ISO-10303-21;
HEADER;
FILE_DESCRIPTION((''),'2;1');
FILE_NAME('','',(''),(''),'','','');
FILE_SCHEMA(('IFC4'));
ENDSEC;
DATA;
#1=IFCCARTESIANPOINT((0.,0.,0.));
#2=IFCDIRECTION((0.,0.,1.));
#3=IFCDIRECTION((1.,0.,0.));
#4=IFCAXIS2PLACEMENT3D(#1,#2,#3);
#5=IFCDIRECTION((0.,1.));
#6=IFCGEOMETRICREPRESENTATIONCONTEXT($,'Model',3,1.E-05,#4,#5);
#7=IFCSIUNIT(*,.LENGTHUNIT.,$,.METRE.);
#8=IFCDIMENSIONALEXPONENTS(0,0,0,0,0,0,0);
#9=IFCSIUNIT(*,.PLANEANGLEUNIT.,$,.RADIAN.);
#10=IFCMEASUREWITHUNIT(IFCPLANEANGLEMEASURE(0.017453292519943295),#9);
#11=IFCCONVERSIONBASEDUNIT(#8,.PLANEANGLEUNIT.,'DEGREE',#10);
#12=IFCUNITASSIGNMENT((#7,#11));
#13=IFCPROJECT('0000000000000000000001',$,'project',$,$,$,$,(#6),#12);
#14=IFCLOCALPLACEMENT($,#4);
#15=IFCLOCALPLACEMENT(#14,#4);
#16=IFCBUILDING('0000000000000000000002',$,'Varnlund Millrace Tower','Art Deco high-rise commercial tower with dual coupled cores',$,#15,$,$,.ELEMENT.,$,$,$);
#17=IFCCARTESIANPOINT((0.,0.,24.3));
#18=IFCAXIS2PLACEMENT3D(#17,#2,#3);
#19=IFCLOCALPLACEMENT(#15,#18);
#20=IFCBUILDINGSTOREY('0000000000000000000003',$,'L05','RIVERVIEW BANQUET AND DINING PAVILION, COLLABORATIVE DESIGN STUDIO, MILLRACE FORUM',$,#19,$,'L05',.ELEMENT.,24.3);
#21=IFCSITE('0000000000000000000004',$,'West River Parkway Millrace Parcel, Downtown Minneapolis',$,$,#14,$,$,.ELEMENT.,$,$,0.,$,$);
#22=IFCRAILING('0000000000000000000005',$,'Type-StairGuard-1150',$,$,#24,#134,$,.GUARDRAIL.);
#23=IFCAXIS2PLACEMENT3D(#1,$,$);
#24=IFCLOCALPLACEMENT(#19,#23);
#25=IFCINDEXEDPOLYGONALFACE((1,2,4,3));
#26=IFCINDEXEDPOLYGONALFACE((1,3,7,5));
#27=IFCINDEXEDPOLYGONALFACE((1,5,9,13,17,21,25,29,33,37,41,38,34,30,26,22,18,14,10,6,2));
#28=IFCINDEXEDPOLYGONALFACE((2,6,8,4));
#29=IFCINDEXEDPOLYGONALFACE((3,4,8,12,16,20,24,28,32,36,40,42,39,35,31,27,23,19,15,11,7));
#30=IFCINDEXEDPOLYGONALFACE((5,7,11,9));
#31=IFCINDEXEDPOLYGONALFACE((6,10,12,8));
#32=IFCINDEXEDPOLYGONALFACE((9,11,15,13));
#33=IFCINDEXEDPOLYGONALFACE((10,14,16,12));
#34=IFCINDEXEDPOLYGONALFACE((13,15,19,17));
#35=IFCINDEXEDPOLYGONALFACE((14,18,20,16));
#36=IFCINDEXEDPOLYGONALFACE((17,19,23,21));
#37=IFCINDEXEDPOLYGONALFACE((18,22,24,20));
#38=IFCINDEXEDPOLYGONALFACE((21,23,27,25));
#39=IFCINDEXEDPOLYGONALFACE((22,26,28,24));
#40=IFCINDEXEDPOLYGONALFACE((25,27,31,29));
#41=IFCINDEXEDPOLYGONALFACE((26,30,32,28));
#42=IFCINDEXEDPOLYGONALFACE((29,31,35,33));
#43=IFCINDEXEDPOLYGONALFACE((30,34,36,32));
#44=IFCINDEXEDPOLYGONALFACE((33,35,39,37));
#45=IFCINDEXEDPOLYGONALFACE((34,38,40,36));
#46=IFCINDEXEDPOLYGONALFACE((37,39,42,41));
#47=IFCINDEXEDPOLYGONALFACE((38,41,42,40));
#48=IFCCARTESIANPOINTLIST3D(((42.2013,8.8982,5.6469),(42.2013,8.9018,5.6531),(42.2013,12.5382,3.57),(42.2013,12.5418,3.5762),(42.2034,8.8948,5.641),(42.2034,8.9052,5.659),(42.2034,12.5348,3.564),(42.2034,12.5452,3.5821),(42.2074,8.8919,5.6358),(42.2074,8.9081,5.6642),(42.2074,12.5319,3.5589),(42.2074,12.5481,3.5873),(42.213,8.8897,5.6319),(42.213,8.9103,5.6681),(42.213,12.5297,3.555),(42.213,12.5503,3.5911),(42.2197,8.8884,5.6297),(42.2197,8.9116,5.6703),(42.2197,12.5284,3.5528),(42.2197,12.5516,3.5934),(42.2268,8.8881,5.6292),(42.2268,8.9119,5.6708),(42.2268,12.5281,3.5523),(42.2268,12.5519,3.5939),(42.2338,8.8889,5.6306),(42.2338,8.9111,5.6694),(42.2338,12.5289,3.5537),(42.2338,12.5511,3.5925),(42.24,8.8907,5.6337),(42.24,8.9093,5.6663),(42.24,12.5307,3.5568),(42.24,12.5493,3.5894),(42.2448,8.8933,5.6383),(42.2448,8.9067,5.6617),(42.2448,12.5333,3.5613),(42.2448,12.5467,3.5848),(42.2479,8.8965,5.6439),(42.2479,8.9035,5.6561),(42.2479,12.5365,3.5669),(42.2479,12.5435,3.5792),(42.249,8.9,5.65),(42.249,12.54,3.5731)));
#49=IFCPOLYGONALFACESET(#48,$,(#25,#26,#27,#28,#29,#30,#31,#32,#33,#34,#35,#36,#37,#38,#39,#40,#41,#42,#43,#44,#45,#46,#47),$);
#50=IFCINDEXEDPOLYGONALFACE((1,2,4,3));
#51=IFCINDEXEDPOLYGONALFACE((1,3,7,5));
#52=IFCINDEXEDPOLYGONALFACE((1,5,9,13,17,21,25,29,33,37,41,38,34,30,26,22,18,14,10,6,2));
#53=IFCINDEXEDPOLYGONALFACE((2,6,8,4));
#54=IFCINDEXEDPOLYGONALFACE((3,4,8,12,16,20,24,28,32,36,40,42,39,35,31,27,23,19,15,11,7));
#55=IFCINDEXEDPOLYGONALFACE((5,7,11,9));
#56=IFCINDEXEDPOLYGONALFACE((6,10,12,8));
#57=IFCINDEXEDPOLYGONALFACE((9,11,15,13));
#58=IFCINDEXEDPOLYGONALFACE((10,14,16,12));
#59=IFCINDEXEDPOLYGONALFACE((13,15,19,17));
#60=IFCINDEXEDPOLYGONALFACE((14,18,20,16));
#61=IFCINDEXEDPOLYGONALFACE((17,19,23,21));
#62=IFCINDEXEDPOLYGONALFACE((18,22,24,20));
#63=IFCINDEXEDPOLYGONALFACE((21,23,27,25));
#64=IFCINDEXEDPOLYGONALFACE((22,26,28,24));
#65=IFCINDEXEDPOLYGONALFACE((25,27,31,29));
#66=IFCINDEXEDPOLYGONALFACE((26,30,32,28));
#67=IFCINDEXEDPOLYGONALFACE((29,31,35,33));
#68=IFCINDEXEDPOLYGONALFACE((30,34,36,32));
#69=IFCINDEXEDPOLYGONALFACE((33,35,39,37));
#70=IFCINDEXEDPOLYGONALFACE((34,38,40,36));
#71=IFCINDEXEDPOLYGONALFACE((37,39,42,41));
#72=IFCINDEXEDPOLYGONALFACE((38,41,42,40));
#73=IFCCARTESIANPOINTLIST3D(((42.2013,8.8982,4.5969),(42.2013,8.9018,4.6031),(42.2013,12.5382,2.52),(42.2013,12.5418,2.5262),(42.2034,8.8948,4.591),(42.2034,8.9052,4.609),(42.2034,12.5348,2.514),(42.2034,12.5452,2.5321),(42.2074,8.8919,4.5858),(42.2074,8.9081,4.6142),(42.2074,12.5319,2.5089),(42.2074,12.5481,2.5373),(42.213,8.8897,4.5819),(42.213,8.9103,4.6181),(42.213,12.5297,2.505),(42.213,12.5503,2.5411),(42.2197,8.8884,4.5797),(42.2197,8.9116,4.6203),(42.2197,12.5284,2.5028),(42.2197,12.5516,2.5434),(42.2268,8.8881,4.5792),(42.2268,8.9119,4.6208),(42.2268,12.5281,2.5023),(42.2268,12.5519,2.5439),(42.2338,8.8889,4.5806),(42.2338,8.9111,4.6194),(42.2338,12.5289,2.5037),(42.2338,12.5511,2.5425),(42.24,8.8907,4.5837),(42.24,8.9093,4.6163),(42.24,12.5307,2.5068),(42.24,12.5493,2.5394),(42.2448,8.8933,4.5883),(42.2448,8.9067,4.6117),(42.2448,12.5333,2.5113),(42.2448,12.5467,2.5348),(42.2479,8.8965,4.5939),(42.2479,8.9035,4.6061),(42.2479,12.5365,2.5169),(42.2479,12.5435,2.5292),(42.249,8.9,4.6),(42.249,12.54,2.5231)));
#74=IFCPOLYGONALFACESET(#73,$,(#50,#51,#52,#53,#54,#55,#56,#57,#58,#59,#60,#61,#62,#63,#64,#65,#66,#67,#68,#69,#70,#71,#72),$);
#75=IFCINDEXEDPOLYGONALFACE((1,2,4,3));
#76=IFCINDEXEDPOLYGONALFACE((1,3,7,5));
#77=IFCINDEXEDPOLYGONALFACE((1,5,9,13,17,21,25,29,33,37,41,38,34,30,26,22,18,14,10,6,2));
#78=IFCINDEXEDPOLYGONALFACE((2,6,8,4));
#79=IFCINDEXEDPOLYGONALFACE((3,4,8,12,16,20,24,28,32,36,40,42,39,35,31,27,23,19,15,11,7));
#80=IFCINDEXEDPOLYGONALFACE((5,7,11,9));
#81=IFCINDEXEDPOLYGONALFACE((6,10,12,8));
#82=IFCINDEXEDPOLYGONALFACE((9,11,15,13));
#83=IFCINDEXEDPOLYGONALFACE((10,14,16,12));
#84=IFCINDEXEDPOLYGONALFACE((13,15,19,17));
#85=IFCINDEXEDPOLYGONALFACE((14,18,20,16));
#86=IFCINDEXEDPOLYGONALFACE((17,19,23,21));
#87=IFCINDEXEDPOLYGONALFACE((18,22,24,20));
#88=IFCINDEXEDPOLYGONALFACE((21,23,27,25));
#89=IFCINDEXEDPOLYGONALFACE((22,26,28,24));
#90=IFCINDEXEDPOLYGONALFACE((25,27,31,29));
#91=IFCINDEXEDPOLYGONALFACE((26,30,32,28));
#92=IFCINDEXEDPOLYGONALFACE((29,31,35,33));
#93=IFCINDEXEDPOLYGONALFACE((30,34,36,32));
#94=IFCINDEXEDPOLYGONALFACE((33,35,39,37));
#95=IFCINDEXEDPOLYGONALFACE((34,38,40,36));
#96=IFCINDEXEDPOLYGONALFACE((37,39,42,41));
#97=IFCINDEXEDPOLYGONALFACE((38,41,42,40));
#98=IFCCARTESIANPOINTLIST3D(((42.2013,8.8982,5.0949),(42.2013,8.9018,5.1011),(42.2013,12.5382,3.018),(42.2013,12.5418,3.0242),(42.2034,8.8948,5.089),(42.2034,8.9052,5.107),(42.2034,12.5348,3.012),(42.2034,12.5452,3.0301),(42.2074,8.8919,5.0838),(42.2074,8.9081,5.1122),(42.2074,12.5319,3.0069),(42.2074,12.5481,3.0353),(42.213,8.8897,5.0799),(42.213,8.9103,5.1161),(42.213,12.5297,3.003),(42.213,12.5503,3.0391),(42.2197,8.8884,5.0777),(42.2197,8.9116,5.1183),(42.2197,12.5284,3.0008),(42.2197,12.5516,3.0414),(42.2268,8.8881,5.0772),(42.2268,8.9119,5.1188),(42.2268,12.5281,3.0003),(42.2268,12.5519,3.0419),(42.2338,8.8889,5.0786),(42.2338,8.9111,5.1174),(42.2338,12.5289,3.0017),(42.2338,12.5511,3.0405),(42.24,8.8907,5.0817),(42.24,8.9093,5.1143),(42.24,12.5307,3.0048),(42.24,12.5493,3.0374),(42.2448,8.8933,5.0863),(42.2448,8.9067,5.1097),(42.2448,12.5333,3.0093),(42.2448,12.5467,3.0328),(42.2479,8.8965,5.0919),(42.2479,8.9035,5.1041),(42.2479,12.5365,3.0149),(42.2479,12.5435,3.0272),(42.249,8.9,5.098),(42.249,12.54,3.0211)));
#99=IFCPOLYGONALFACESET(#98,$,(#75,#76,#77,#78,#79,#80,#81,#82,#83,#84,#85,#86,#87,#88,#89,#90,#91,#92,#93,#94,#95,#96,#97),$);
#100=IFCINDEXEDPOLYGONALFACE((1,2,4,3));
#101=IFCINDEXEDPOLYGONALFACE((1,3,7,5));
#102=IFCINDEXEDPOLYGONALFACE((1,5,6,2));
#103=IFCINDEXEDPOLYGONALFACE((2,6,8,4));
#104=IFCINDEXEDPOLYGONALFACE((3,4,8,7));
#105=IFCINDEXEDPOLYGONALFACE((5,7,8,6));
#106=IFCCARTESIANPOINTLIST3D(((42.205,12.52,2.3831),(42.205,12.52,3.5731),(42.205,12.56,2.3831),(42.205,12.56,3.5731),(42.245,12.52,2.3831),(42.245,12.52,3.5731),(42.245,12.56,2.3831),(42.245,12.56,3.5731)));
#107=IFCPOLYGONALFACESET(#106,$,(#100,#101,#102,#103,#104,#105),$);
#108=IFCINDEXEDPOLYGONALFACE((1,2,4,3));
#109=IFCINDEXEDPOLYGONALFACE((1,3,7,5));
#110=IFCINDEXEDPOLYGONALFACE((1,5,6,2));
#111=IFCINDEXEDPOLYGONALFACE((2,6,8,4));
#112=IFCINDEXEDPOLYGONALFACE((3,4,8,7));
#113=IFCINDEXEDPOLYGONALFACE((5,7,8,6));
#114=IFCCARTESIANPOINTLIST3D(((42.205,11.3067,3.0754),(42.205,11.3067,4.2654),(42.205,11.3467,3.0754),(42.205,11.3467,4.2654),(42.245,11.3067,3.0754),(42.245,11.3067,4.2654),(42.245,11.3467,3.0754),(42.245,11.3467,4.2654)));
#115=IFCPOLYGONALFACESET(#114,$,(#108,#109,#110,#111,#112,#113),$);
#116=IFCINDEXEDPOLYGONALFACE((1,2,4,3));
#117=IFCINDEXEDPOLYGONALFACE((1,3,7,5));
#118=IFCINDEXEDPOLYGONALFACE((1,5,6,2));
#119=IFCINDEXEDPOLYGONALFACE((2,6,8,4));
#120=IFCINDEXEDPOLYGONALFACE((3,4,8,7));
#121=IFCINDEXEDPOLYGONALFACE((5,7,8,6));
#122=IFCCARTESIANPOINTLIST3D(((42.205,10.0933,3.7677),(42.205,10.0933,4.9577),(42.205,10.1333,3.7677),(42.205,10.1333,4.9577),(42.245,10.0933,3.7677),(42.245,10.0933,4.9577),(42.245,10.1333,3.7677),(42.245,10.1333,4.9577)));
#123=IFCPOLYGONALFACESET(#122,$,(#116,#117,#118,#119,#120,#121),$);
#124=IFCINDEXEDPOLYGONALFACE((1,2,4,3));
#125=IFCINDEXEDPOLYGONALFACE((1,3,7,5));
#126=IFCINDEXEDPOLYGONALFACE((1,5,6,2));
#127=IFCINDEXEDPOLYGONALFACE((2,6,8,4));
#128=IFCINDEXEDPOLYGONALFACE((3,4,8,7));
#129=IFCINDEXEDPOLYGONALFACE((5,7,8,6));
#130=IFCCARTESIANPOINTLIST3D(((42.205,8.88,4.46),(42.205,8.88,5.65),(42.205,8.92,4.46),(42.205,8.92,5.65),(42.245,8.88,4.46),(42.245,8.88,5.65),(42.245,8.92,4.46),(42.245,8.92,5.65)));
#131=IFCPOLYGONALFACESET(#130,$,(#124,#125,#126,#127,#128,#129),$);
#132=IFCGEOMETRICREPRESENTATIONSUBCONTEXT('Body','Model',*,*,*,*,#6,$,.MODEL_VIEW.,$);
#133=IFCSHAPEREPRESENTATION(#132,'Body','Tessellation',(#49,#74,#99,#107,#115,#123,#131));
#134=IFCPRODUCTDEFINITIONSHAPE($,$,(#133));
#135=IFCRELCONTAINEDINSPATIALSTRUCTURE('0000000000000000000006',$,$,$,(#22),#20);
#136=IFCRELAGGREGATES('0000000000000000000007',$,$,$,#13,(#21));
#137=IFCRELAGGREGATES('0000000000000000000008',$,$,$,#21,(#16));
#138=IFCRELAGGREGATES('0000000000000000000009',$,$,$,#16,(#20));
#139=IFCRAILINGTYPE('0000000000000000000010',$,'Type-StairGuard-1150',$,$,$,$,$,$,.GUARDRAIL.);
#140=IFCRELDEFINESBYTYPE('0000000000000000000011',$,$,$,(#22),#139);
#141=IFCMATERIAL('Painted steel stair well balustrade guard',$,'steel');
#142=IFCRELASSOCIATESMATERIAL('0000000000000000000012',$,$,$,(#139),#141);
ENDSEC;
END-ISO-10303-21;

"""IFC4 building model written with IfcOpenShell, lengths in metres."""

from ifc_helpers import new_model, entity, si_unit, converted_unit, direction, frame, origin_with_axes, origin_2d_with_axis, place, context, subcontext, project, spatial, rectangle, circle, extrude, material, type_object, element, save


model = new_model("IFC4")

# Units and contexts
model_context = context("Model", 3, precision=1e-05, world=origin_with_axes(), true_north=direction((0.0, 1.0)))
body_context = subcontext(model_context, "Body", "Model", "MODEL_VIEW")
ifc_project = project(units=[si_unit("LENGTHUNIT", "METRE"), converted_unit("PLANEANGLEUNIT", "DEGREE", entity("IfcPlaneAngleMeasure", 0.017453292519943295), si_unit("PLANEANGLEUNIT", "RADIAN"), dimensions=[0, 0, 0, 0, 0, 0, 0])], contexts=[model_context])

# Site, building, storey
site_placement = place(None, origin_with_axes())
site = spatial("IfcSite", under=ifc_project, at=site_placement, Name="West River Parkway Millrace Parcel, Downtown Minneapolis", CompositionType="ELEMENT", RefElevation=0.0)
building_placement = place(site_placement, origin_with_axes())
building = spatial("IfcBuilding", under=site, at=building_placement, Name="Varnlund Millrace Tower", Description="Art Deco high-rise commercial tower with dual coupled cores", CompositionType="ELEMENT")
storey_placement = place(building_placement, frame((0.0, 0.0, 24.3), z_axis=(0.0, 0.0, 1.0), x_axis=(1.0, 0.0, 0.0)))
storey = spatial("IfcBuildingStorey", under=building, at=storey_placement, Name="L05", Description="RIVERVIEW BANQUET AND DINING PAVILION, COLLABORATIVE DESIGN STUDIO, MILLRACE FORUM", LongName="L05", CompositionType="ELEMENT", Elevation=24.3)

# Railing
ifc_material_1 = material(Name="Painted steel stair well balustrade guard", Category="steel")
railing_type_1 = type_object("IfcRailingType", Name="Type-StairGuard-1150", PredefinedType="GUARDRAIL", material=ifc_material_1)
railing_1_placement = place(storey_placement, frame((0.0, 0.0, -24.3), z_axis=(0.0, 0.0, 1.0), x_axis=(1.0, 0.0, 0.0)))
element("IfcRailing", 1, at=railing_1_placement, inside=storey, type_object=railing_type_1, Name="Type-StairGuard-1150", PredefinedType="GUARDRAIL", context=body_context, shape_type="SweptSolid", body=[
    extrude(circle(Radius=0.024, at=origin_2d_with_axis()), frame((42.225, 12.54, 27.8731), z_axis=(0.0, -0.868559, 0.495585), x_axis=(1.0, 0.0, 0.0)), (0.0, 0.0, 1.0), 4.1908),
    extrude(circle(Radius=0.024, at=origin_2d_with_axis()), frame((42.225, 12.54, 26.8231), z_axis=(0.0, -0.868559, 0.495585), x_axis=(1.0, 0.0, 0.0)), (0.0, 0.0, 1.0), 4.1908),
    extrude(circle(Radius=0.024, at=origin_2d_with_axis()), frame((42.225, 12.54, 27.3211), z_axis=(0.0, -0.868559, 0.495585), x_axis=(1.0, 0.0, 0.0)), (0.0, 0.0, 1.0), 4.1908),
    extrude(rectangle(XDim=0.04, YDim=0.04, at=origin_2d_with_axis()), frame((42.225, 12.54, 26.6831), z_axis=(0.0, 0.0, 1.0), x_axis=(1.0, 0.0, 0.0)), (0.0, 0.0, 1.0), 1.19),
    extrude(rectangle(XDim=0.04, YDim=0.04, at=origin_2d_with_axis()), frame((42.225, 11.3267, 27.3754), z_axis=(0.0, 0.0, 1.0), x_axis=(1.0, 0.0, 0.0)), (0.0, 0.0, 1.0), 1.19),
    extrude(rectangle(XDim=0.04, YDim=0.04, at=origin_2d_with_axis()), frame((42.225, 10.1133, 28.0677), z_axis=(0.0, 0.0, 1.0), x_axis=(1.0, 0.0, 0.0)), (0.0, 0.0, 1.0), 1.19),
    extrude(rectangle(XDim=0.04, YDim=0.04, at=origin_2d_with_axis()), frame((42.225, 8.9, 28.76), z_axis=(0.0, 0.0, 1.0), x_axis=(1.0, 0.0, 0.0)), (0.0, 0.0, 1.0), 1.19),
])

save(model, "model.ifc")
